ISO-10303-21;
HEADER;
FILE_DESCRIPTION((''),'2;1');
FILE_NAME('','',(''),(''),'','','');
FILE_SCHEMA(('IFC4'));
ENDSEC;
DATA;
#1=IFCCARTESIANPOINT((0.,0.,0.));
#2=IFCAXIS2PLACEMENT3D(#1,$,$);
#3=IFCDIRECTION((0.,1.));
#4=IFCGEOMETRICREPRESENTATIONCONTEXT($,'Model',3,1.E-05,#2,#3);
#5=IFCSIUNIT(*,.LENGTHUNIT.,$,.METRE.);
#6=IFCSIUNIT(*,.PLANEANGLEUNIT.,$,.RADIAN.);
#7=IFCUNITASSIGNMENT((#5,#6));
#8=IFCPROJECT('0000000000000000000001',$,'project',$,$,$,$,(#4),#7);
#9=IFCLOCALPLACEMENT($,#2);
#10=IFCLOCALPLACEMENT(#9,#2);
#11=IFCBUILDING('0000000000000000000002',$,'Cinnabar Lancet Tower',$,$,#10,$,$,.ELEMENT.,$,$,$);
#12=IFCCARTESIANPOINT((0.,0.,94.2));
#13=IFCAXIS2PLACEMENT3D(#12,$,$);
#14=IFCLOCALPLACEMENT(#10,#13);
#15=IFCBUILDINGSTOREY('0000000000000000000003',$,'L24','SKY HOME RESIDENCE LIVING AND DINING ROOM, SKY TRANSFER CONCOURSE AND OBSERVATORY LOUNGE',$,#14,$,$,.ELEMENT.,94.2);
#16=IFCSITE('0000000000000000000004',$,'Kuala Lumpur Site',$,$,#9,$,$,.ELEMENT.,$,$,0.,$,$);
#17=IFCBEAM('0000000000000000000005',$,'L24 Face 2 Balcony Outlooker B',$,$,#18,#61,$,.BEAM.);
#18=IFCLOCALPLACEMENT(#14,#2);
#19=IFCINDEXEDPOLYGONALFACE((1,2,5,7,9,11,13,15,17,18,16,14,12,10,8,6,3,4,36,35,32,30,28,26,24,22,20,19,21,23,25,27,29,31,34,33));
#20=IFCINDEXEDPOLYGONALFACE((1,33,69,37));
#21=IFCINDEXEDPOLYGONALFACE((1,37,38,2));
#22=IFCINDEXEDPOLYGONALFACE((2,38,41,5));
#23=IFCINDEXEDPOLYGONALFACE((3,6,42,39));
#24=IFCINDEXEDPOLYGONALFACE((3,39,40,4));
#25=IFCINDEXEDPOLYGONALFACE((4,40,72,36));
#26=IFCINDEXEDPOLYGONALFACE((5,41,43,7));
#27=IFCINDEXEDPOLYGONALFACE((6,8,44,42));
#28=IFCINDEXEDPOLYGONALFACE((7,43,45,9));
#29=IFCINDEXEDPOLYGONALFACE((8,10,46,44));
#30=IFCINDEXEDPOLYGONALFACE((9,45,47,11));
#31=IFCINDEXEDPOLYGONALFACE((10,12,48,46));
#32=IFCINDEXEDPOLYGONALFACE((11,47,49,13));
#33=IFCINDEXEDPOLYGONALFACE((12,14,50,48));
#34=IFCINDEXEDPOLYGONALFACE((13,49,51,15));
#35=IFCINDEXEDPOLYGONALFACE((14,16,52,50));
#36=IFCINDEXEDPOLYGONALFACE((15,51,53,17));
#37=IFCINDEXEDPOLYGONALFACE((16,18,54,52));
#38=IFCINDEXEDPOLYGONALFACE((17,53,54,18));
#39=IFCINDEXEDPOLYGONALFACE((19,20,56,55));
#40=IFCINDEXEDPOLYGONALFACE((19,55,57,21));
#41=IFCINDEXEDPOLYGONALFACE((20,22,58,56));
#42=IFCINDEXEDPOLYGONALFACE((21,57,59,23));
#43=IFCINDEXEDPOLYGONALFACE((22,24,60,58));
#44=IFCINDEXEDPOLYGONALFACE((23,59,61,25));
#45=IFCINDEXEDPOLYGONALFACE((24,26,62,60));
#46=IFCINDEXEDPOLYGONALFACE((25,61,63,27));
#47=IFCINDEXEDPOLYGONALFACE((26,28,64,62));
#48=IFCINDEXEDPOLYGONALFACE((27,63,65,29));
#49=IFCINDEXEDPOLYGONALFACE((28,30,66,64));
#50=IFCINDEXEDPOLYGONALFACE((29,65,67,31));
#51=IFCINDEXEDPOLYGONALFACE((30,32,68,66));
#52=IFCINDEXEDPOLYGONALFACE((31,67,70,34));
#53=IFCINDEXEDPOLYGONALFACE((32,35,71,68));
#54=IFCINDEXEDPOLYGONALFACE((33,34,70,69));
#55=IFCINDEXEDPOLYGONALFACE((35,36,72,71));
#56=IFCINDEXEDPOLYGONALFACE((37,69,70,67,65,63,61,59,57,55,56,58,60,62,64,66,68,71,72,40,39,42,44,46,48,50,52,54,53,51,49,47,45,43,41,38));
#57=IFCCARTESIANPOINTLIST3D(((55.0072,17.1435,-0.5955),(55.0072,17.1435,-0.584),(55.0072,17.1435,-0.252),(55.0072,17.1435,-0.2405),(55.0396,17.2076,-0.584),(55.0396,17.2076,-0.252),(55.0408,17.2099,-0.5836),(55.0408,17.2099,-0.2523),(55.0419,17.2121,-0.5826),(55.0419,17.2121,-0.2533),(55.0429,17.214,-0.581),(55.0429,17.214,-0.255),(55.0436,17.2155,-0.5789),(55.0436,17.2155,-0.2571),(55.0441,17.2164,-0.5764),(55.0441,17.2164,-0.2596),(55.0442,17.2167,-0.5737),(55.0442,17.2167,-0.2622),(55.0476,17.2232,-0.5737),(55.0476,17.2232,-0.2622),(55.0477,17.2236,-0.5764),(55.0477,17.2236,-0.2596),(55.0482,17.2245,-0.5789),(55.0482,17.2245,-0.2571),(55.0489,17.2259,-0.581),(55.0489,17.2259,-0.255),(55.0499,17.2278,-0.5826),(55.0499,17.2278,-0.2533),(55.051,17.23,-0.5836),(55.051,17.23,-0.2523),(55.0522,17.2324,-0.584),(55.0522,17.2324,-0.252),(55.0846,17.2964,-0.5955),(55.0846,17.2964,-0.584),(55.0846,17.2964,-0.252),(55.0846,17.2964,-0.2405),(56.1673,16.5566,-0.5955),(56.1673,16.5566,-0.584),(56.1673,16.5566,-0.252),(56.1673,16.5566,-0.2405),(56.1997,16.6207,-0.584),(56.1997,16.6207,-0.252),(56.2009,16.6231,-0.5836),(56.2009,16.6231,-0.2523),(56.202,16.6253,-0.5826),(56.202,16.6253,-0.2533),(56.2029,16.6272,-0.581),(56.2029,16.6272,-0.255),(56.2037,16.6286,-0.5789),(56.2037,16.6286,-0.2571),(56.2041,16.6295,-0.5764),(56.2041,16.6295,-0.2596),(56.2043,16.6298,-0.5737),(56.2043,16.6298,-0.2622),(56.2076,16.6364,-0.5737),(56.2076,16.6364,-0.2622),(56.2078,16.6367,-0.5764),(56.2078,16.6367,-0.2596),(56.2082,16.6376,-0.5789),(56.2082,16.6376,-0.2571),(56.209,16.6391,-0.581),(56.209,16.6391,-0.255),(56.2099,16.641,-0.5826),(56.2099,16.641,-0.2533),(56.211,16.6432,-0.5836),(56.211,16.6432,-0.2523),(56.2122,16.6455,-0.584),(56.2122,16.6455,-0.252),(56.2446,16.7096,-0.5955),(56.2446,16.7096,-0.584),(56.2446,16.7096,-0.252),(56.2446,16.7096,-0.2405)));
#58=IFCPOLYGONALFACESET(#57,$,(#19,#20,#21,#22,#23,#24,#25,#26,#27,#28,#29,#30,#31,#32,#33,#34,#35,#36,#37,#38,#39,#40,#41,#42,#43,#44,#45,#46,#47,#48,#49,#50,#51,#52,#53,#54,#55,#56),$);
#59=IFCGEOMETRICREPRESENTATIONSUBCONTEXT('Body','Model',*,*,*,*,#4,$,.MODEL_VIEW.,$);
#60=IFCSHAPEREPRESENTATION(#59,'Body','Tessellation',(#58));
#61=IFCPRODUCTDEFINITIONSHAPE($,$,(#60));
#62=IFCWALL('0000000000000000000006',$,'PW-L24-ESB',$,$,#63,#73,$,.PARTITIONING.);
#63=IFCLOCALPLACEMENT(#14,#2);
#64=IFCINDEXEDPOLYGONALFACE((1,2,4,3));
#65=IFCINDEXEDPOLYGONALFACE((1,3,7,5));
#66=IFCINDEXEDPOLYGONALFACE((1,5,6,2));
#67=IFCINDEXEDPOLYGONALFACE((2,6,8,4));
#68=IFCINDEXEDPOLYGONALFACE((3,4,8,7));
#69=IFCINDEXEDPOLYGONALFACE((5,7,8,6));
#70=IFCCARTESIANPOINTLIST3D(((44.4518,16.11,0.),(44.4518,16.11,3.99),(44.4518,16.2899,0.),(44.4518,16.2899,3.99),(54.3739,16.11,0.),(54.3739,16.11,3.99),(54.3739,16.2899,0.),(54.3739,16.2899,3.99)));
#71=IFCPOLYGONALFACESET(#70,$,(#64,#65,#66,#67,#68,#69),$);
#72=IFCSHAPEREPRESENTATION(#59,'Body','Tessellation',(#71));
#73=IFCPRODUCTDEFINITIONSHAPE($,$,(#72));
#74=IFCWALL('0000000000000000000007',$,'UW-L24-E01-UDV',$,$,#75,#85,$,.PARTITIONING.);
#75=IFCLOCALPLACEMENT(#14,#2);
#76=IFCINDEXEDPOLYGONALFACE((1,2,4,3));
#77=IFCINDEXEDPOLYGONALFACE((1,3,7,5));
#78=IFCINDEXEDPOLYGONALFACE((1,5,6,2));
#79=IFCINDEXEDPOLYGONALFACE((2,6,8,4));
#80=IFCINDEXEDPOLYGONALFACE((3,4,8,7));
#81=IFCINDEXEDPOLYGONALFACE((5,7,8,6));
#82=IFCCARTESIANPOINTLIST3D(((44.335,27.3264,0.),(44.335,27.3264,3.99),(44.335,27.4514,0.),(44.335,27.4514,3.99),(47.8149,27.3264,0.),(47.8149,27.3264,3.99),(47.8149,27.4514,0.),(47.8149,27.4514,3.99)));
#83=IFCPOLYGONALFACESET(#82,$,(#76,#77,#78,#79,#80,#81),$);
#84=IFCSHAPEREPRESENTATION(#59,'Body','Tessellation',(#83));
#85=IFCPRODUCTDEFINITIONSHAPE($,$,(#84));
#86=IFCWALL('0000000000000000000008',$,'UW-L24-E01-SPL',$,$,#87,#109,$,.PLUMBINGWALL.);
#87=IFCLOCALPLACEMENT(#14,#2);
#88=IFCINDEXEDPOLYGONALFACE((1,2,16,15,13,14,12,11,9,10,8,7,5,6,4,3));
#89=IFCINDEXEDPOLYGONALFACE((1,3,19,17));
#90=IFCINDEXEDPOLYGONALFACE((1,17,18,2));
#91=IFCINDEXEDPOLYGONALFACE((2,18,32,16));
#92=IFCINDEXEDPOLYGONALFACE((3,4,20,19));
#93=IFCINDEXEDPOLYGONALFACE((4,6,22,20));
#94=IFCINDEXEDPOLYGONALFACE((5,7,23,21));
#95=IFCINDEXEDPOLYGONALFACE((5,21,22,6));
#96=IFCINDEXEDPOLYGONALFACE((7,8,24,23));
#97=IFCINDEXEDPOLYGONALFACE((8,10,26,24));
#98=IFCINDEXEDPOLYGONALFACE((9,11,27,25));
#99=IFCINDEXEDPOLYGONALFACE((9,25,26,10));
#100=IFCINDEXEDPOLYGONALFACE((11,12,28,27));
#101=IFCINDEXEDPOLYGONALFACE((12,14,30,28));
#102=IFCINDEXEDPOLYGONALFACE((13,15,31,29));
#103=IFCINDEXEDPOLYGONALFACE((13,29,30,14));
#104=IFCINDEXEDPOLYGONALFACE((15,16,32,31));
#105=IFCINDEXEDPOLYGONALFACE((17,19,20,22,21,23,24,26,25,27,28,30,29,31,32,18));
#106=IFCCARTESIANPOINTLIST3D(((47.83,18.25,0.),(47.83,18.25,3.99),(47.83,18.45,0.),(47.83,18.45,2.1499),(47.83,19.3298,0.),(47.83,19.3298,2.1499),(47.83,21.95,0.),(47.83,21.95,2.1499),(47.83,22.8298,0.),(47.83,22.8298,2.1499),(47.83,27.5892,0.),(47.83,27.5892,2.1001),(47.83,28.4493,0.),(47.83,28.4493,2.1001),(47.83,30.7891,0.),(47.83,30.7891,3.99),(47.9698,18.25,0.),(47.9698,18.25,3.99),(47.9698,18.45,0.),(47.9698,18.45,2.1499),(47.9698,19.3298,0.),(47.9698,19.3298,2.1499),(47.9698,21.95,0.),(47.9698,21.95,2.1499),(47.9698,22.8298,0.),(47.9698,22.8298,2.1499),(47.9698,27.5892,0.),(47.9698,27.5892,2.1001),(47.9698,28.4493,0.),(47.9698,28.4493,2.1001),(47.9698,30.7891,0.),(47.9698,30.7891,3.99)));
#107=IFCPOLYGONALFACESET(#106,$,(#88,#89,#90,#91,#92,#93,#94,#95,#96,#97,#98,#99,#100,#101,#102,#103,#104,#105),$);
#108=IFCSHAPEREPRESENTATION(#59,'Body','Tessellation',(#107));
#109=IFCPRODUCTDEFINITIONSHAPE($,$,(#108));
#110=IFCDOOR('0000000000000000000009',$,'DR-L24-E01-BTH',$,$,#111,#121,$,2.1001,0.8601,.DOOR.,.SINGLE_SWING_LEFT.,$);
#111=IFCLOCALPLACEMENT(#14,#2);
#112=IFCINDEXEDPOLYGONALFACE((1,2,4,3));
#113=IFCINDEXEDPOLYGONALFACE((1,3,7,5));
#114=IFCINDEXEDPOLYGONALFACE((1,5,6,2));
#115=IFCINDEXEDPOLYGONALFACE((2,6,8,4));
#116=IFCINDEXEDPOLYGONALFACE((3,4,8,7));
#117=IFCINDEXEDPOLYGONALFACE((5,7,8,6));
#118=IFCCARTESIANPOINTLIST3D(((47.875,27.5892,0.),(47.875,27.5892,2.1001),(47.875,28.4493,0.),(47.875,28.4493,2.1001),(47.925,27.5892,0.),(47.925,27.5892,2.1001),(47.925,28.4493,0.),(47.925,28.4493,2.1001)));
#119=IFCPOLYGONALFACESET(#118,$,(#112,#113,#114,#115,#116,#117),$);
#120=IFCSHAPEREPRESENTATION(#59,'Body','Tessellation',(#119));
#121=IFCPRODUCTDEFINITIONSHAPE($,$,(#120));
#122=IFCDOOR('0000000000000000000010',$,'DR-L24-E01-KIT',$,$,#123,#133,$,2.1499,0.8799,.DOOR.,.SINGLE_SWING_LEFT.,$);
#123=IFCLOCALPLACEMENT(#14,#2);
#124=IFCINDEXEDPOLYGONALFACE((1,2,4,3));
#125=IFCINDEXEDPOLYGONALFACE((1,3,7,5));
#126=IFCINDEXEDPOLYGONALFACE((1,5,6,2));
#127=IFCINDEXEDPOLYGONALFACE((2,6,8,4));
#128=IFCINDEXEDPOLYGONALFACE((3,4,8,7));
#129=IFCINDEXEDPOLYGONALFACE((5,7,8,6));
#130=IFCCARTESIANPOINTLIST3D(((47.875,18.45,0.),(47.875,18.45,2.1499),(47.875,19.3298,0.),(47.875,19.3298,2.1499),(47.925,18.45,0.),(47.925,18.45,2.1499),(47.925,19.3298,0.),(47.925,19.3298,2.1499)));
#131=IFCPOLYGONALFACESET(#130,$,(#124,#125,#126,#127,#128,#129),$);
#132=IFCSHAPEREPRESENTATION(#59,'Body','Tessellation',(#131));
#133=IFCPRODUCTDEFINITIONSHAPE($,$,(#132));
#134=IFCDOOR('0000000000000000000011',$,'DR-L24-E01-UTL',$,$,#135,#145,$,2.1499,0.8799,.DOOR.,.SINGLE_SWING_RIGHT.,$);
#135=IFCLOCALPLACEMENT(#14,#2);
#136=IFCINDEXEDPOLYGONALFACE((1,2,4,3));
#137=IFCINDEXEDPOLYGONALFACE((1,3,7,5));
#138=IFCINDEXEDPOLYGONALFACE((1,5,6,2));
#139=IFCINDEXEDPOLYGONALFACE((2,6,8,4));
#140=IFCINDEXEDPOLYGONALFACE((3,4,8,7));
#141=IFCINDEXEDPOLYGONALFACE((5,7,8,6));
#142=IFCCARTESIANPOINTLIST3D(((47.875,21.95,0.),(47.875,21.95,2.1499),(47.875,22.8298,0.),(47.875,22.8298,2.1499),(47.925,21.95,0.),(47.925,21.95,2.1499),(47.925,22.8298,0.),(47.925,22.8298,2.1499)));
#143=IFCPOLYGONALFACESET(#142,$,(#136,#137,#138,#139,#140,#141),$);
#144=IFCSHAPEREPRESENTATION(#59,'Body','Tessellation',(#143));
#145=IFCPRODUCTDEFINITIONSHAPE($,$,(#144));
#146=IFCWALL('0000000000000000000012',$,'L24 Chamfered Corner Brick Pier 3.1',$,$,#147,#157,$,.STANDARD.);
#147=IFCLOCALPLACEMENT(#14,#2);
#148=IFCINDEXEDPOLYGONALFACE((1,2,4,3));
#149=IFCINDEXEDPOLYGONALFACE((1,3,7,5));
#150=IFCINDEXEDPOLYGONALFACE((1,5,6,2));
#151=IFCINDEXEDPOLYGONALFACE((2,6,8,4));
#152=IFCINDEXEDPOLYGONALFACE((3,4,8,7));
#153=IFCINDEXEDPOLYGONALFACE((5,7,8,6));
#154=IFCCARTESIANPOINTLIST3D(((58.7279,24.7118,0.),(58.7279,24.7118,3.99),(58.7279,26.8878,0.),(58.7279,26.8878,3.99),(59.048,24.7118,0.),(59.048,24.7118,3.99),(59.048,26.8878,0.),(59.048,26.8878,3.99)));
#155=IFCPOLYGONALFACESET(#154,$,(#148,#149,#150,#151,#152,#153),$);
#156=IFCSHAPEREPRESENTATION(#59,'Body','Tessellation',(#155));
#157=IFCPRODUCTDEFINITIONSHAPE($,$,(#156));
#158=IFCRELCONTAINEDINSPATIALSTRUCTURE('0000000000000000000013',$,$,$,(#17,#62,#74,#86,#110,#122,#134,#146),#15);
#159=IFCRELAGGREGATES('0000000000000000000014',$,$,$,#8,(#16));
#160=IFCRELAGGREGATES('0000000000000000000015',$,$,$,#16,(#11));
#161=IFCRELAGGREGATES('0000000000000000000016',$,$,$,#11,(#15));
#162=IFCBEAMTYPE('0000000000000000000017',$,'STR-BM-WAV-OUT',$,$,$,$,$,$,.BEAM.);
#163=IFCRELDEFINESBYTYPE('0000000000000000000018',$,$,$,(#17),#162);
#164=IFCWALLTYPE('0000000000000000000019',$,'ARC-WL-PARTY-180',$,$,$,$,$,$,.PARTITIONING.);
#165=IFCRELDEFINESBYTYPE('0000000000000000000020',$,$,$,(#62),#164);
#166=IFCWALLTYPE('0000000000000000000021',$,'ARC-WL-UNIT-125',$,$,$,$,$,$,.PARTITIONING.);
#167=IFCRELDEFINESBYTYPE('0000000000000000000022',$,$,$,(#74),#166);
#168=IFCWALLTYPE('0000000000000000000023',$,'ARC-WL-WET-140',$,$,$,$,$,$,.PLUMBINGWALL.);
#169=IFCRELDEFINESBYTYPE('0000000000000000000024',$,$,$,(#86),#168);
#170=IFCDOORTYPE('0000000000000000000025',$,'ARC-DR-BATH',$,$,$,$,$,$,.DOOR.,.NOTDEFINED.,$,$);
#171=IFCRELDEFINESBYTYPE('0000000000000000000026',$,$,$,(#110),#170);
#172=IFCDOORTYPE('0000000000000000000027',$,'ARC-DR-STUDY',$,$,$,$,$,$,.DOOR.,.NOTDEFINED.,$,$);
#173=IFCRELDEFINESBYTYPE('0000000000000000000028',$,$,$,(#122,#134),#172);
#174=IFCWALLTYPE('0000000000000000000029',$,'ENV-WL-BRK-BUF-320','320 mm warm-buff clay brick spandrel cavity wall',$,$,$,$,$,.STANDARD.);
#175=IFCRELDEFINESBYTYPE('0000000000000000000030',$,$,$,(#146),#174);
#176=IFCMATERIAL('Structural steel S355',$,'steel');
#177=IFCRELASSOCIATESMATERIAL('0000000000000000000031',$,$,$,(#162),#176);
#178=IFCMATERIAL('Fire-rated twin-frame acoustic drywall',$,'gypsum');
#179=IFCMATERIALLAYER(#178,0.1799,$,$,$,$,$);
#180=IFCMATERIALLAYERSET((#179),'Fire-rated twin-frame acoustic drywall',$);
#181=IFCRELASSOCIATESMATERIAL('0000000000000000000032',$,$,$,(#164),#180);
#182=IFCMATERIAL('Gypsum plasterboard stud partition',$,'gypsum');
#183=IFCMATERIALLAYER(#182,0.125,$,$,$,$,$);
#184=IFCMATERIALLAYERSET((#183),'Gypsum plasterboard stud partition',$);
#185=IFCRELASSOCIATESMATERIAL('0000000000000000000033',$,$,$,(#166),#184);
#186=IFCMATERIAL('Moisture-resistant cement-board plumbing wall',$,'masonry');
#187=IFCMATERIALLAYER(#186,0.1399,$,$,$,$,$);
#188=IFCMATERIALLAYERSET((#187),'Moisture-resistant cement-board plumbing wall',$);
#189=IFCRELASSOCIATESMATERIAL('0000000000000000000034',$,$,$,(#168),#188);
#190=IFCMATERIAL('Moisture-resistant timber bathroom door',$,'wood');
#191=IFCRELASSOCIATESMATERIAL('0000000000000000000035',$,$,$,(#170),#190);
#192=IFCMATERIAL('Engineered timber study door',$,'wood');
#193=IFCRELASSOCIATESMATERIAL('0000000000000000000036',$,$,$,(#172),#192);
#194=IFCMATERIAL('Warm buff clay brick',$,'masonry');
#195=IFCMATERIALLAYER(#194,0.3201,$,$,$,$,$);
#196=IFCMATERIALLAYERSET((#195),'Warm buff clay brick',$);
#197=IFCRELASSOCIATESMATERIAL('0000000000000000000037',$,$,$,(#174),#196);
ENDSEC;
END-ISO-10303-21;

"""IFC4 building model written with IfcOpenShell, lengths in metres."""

from ifc_helpers import new_model, si_unit, direction, frame, frame_2d, origin, origin_2d, place, context, subcontext, project, spatial, rectangle, i_section, extrude, material, layer, layer_set, material_profile, profile_set, type_object, element, fill, save


model = new_model("IFC4")

# Units and contexts
model_context = context("Model", 3, precision=1e-05, world=origin(), true_north=direction((0.0, 1.0)))
body_context = subcontext(model_context, "Body", "Model", "MODEL_VIEW")
ifc_project = project(units=[si_unit("LENGTHUNIT", "METRE"), si_unit("PLANEANGLEUNIT", "RADIAN")], contexts=[model_context])

# Site, building, storey
site_placement = place(None, origin())
site = spatial("IfcSite", under=ifc_project, at=site_placement, Name="Kuala Lumpur Site", CompositionType="ELEMENT", RefElevation=0.0)
building_placement = place(site_placement, origin())
building = spatial("IfcBuilding", under=site, at=building_placement, Name="Cinnabar Lancet Tower", CompositionType="ELEMENT")
storey_placement = place(building_placement, frame((0.0, 0.0, 94.2)))
storey = spatial("IfcBuildingStorey", under=building, at=storey_placement, Name="L24", Description="SKY HOME RESIDENCE LIVING AND DINING ROOM, SKY TRANSFER CONCOURSE AND OBSERVATORY LOUNGE", CompositionType="ELEMENT", Elevation=94.2)

# Beam
ifc_material_1 = material(Name="Structural steel S355", Category="steel")
ifc_material_profile_1 = material_profile(ifc_material_1, i_section(OverallWidth=0.1714, OverallDepth=0.355, WebThickness=0.0073, FlangeThickness=0.0115, FilletRadius=0.0103, at=origin_2d()), Name="UKB 356x171x51")
ifc_profile_set_1 = profile_set([ifc_material_profile_1], Name="Structural steel S355")
beam_type_1 = type_object("IfcBeamType", Name="STR-BM-WAV-OUT", PredefinedType="BEAM", material=ifc_profile_set_1)
beam_1_placement = place(storey_placement, frame((55.0459, 17.22, -0.418), z_axis=(0.892314, -0.451415, 0.0), x_axis=(0.451415, 0.892314, 0.0)))
element("IfcBeam", 1, at=beam_1_placement, inside=storey, type_object=beam_type_1, Name="L24 Face 2 Balcony Outlooker B", PredefinedType="BEAM", context=body_context, shape_type="SweptSolid", body=[
    extrude(i_section(OverallWidth=0.1714, OverallDepth=0.355, WebThickness=0.0073, FlangeThickness=0.0115, FilletRadius=0.0103, at=origin_2d()), origin(), (0.0, 0.0, 1.0), 1.3),
])

# Walls
ifc_material_2 = material(Name="Fire-rated twin-frame acoustic drywall", Category="gypsum")
ifc_layer_1 = layer(ifc_material_2, 0.1799)
ifc_layer_set_1 = layer_set([ifc_layer_1], Name="Fire-rated twin-frame acoustic drywall")
wall_type_1 = type_object("IfcWallType", Name="ARC-WL-PARTY-180", PredefinedType="PARTITIONING", material=ifc_layer_set_1)
wall_1_placement = place(storey_placement, frame((44.4519, 16.2, 0.0), z_axis=(0.0, 0.0, 1.0), x_axis=(1.0, 0.0, 0.0)))
element("IfcWall", 2, at=wall_1_placement, inside=storey, type_object=wall_type_1, Name="PW-L24-ESB", PredefinedType="PARTITIONING", context=body_context, shape_type="SweptSolid", body=[
    extrude(rectangle(XDim=9.9221, YDim=0.1799, at=frame_2d((4.9609, 0.0))), origin(), (0.0, 0.0, 1.0), 3.99),
])
ifc_material_3 = material(Name="Gypsum plasterboard stud partition", Category="gypsum")
ifc_layer_2 = layer(ifc_material_3, 0.125)
ifc_layer_set_2 = layer_set([ifc_layer_2], Name="Gypsum plasterboard stud partition")
wall_type_2 = type_object("IfcWallType", Name="ARC-WL-UNIT-125", PredefinedType="PARTITIONING", material=ifc_layer_set_2)
wall_2_placement = place(storey_placement, frame((44.335, 27.3889, 0.0), z_axis=(0.0, 0.0, 1.0), x_axis=(1.0, 0.0, 0.0)))
element("IfcWall", 3, at=wall_2_placement, inside=storey, type_object=wall_type_2, Name="UW-L24-E01-UDV", PredefinedType="PARTITIONING", context=body_context, shape_type="SweptSolid", body=[
    extrude(rectangle(XDim=3.48, YDim=0.125, at=frame_2d((1.74, 0.0))), origin(), (0.0, 0.0, 1.0), 3.99),
])

# Wall, openings, doors
ifc_material_4 = material(Name="Moisture-resistant cement-board plumbing wall", Category="masonry")
ifc_layer_3 = layer(ifc_material_4, 0.1399)
ifc_layer_set_3 = layer_set([ifc_layer_3], Name="Moisture-resistant cement-board plumbing wall")
wall_type_3 = type_object("IfcWallType", Name="ARC-WL-WET-140", PredefinedType="PLUMBINGWALL", material=ifc_layer_set_3)
wall_3_placement = place(storey_placement, frame((47.8999, 18.25, 0.0), z_axis=(0.0, 0.0, 1.0), x_axis=(0.0, 1.0, 0.0)))
wall_3 = element("IfcWall", 4, at=wall_3_placement, inside=storey, type_object=wall_type_3, Name="UW-L24-E01-SPL", PredefinedType="PLUMBINGWALL", context=body_context, shape_type="SweptSolid", body=[
    extrude(rectangle(XDim=12.5391, YDim=0.1399, at=frame_2d((6.2695, 0.0))), origin(), (0.0, 0.0, 1.0), 3.99),
])
opening_1_placement = place(wall_3_placement, frame((0.2, 0.0, 0.0)))
opening_1 = element("IfcOpeningElement", 5, at=opening_1_placement, cuts=wall_3, PredefinedType="OPENING", context=body_context, shape_type="SweptSolid", body=[
    extrude(rectangle(XDim=0.8799, YDim=2.1499, at=frame_2d((0.4399, 1.075))), frame((0.0, 0.0798, 0.0), z_axis=(0.0, -1.0, 0.0), x_axis=(1.0, 0.0, 0.0)), (0.0, 0.0, 1.0), 0.1599),
])
opening_2_placement = place(wall_3_placement, frame((3.7, 0.0, 0.0)))
opening_2 = element("IfcOpeningElement", 6, at=opening_2_placement, cuts=wall_3, PredefinedType="OPENING", context=body_context, shape_type="SweptSolid", body=[
    extrude(rectangle(XDim=0.8799, YDim=2.1499, at=frame_2d((0.4399, 1.075))), frame((0.0, 0.0798, 0.0), z_axis=(0.0, -1.0, 0.0), x_axis=(1.0, 0.0, 0.0)), (0.0, 0.0, 1.0), 0.1599),
])
opening_3_placement = place(wall_3_placement, frame((9.3391, 0.0, 0.0)))
opening_3 = element("IfcOpeningElement", 7, at=opening_3_placement, cuts=wall_3, PredefinedType="OPENING", context=body_context, shape_type="SweptSolid", body=[
    extrude(rectangle(XDim=0.8601, YDim=2.1001, at=frame_2d((0.4302, 1.05))), frame((0.0, 0.0798, 0.0), z_axis=(0.0, -1.0, 0.0), x_axis=(1.0, 0.0, 0.0)), (0.0, 0.0, 1.0), 0.1599),
])
ifc_material_5 = material(Name="Moisture-resistant timber bathroom door", Category="wood")
door_type_1 = type_object("IfcDoorType", Name="ARC-DR-BATH", OperationType="NOTDEFINED", PredefinedType="DOOR", material=ifc_material_5)
door_1_placement = place(opening_3_placement, origin())
door_1 = element("IfcDoor", 8, at=door_1_placement, inside=storey, type_object=door_type_1, Name="DR-L24-E01-BTH", OperationType="SINGLE_SWING_LEFT", OverallHeight=2.1001, OverallWidth=0.8601, PredefinedType="DOOR", context=body_context, shape_type="SweptSolid", body=[
    extrude(rectangle(XDim=0.8601, YDim=2.1001, at=frame_2d((0.4302, 1.05))), frame((0.0, 0.0249, 0.0), z_axis=(0.0, -1.0, 0.0), x_axis=(1.0, 0.0, 0.0)), (0.0, 0.0, 1.0), 0.05),
])
fill(opening_3, door_1)
ifc_material_6 = material(Name="Engineered timber study door", Category="wood")
door_type_2 = type_object("IfcDoorType", Name="ARC-DR-STUDY", OperationType="NOTDEFINED", PredefinedType="DOOR", material=ifc_material_6)
door_2_placement = place(opening_1_placement, origin())
door_2 = element("IfcDoor", 9, at=door_2_placement, inside=storey, type_object=door_type_2, Name="DR-L24-E01-KIT", OperationType="SINGLE_SWING_LEFT", OverallHeight=2.1499, OverallWidth=0.8799, PredefinedType="DOOR", context=body_context, shape_type="SweptSolid", body=[
    extrude(rectangle(XDim=0.8799, YDim=2.1499, at=frame_2d((0.4399, 1.075))), frame((0.0, 0.0249, 0.0), z_axis=(0.0, -1.0, 0.0), x_axis=(1.0, 0.0, 0.0)), (0.0, 0.0, 1.0), 0.05),
])
fill(opening_1, door_2)
door_3_placement = place(opening_2_placement, origin())
door_3 = element("IfcDoor", 10, at=door_3_placement, inside=storey, type_object=door_type_2, Name="DR-L24-E01-UTL", OperationType="SINGLE_SWING_RIGHT", OverallHeight=2.1499, OverallWidth=0.8799, PredefinedType="DOOR", context=body_context, shape_type="SweptSolid", body=[
    extrude(rectangle(XDim=0.8799, YDim=2.1499, at=frame_2d((0.4399, 1.075))), frame((0.0, 0.0249, 0.0), z_axis=(0.0, -1.0, 0.0), x_axis=(1.0, 0.0, 0.0)), (0.0, 0.0, 1.0), 0.05),
])
fill(opening_2, door_3)

# Wall
ifc_material_7 = material(Name="Warm buff clay brick", Category="masonry")
ifc_layer_4 = layer(ifc_material_7, 0.3201)
ifc_layer_set_4 = layer_set([ifc_layer_4], Name="Warm buff clay brick")
wall_type_4 = type_object("IfcWallType", Name="ENV-WL-BRK-BUF-320", Description="320 mm warm-buff clay brick spandrel cavity wall", PredefinedType="STANDARD", material=ifc_layer_set_4)
wall_4_placement = place(storey_placement, frame((58.8879, 24.7119, 0.0), z_axis=(0.0, 0.0, 1.0), x_axis=(0.0, 1.0, 0.0)))
element("IfcWall", 11, at=wall_4_placement, inside=storey, type_object=wall_type_4, Name="L24 Chamfered Corner Brick Pier 3.1", PredefinedType="STANDARD", context=body_context, shape_type="SweptSolid", body=[
    extrude(rectangle(XDim=2.176, YDim=0.3201, at=frame_2d((1.0879, 0.0))), origin(), (0.0, 0.0, 1.0), 3.99),
])

save(model, "model.ifc")
